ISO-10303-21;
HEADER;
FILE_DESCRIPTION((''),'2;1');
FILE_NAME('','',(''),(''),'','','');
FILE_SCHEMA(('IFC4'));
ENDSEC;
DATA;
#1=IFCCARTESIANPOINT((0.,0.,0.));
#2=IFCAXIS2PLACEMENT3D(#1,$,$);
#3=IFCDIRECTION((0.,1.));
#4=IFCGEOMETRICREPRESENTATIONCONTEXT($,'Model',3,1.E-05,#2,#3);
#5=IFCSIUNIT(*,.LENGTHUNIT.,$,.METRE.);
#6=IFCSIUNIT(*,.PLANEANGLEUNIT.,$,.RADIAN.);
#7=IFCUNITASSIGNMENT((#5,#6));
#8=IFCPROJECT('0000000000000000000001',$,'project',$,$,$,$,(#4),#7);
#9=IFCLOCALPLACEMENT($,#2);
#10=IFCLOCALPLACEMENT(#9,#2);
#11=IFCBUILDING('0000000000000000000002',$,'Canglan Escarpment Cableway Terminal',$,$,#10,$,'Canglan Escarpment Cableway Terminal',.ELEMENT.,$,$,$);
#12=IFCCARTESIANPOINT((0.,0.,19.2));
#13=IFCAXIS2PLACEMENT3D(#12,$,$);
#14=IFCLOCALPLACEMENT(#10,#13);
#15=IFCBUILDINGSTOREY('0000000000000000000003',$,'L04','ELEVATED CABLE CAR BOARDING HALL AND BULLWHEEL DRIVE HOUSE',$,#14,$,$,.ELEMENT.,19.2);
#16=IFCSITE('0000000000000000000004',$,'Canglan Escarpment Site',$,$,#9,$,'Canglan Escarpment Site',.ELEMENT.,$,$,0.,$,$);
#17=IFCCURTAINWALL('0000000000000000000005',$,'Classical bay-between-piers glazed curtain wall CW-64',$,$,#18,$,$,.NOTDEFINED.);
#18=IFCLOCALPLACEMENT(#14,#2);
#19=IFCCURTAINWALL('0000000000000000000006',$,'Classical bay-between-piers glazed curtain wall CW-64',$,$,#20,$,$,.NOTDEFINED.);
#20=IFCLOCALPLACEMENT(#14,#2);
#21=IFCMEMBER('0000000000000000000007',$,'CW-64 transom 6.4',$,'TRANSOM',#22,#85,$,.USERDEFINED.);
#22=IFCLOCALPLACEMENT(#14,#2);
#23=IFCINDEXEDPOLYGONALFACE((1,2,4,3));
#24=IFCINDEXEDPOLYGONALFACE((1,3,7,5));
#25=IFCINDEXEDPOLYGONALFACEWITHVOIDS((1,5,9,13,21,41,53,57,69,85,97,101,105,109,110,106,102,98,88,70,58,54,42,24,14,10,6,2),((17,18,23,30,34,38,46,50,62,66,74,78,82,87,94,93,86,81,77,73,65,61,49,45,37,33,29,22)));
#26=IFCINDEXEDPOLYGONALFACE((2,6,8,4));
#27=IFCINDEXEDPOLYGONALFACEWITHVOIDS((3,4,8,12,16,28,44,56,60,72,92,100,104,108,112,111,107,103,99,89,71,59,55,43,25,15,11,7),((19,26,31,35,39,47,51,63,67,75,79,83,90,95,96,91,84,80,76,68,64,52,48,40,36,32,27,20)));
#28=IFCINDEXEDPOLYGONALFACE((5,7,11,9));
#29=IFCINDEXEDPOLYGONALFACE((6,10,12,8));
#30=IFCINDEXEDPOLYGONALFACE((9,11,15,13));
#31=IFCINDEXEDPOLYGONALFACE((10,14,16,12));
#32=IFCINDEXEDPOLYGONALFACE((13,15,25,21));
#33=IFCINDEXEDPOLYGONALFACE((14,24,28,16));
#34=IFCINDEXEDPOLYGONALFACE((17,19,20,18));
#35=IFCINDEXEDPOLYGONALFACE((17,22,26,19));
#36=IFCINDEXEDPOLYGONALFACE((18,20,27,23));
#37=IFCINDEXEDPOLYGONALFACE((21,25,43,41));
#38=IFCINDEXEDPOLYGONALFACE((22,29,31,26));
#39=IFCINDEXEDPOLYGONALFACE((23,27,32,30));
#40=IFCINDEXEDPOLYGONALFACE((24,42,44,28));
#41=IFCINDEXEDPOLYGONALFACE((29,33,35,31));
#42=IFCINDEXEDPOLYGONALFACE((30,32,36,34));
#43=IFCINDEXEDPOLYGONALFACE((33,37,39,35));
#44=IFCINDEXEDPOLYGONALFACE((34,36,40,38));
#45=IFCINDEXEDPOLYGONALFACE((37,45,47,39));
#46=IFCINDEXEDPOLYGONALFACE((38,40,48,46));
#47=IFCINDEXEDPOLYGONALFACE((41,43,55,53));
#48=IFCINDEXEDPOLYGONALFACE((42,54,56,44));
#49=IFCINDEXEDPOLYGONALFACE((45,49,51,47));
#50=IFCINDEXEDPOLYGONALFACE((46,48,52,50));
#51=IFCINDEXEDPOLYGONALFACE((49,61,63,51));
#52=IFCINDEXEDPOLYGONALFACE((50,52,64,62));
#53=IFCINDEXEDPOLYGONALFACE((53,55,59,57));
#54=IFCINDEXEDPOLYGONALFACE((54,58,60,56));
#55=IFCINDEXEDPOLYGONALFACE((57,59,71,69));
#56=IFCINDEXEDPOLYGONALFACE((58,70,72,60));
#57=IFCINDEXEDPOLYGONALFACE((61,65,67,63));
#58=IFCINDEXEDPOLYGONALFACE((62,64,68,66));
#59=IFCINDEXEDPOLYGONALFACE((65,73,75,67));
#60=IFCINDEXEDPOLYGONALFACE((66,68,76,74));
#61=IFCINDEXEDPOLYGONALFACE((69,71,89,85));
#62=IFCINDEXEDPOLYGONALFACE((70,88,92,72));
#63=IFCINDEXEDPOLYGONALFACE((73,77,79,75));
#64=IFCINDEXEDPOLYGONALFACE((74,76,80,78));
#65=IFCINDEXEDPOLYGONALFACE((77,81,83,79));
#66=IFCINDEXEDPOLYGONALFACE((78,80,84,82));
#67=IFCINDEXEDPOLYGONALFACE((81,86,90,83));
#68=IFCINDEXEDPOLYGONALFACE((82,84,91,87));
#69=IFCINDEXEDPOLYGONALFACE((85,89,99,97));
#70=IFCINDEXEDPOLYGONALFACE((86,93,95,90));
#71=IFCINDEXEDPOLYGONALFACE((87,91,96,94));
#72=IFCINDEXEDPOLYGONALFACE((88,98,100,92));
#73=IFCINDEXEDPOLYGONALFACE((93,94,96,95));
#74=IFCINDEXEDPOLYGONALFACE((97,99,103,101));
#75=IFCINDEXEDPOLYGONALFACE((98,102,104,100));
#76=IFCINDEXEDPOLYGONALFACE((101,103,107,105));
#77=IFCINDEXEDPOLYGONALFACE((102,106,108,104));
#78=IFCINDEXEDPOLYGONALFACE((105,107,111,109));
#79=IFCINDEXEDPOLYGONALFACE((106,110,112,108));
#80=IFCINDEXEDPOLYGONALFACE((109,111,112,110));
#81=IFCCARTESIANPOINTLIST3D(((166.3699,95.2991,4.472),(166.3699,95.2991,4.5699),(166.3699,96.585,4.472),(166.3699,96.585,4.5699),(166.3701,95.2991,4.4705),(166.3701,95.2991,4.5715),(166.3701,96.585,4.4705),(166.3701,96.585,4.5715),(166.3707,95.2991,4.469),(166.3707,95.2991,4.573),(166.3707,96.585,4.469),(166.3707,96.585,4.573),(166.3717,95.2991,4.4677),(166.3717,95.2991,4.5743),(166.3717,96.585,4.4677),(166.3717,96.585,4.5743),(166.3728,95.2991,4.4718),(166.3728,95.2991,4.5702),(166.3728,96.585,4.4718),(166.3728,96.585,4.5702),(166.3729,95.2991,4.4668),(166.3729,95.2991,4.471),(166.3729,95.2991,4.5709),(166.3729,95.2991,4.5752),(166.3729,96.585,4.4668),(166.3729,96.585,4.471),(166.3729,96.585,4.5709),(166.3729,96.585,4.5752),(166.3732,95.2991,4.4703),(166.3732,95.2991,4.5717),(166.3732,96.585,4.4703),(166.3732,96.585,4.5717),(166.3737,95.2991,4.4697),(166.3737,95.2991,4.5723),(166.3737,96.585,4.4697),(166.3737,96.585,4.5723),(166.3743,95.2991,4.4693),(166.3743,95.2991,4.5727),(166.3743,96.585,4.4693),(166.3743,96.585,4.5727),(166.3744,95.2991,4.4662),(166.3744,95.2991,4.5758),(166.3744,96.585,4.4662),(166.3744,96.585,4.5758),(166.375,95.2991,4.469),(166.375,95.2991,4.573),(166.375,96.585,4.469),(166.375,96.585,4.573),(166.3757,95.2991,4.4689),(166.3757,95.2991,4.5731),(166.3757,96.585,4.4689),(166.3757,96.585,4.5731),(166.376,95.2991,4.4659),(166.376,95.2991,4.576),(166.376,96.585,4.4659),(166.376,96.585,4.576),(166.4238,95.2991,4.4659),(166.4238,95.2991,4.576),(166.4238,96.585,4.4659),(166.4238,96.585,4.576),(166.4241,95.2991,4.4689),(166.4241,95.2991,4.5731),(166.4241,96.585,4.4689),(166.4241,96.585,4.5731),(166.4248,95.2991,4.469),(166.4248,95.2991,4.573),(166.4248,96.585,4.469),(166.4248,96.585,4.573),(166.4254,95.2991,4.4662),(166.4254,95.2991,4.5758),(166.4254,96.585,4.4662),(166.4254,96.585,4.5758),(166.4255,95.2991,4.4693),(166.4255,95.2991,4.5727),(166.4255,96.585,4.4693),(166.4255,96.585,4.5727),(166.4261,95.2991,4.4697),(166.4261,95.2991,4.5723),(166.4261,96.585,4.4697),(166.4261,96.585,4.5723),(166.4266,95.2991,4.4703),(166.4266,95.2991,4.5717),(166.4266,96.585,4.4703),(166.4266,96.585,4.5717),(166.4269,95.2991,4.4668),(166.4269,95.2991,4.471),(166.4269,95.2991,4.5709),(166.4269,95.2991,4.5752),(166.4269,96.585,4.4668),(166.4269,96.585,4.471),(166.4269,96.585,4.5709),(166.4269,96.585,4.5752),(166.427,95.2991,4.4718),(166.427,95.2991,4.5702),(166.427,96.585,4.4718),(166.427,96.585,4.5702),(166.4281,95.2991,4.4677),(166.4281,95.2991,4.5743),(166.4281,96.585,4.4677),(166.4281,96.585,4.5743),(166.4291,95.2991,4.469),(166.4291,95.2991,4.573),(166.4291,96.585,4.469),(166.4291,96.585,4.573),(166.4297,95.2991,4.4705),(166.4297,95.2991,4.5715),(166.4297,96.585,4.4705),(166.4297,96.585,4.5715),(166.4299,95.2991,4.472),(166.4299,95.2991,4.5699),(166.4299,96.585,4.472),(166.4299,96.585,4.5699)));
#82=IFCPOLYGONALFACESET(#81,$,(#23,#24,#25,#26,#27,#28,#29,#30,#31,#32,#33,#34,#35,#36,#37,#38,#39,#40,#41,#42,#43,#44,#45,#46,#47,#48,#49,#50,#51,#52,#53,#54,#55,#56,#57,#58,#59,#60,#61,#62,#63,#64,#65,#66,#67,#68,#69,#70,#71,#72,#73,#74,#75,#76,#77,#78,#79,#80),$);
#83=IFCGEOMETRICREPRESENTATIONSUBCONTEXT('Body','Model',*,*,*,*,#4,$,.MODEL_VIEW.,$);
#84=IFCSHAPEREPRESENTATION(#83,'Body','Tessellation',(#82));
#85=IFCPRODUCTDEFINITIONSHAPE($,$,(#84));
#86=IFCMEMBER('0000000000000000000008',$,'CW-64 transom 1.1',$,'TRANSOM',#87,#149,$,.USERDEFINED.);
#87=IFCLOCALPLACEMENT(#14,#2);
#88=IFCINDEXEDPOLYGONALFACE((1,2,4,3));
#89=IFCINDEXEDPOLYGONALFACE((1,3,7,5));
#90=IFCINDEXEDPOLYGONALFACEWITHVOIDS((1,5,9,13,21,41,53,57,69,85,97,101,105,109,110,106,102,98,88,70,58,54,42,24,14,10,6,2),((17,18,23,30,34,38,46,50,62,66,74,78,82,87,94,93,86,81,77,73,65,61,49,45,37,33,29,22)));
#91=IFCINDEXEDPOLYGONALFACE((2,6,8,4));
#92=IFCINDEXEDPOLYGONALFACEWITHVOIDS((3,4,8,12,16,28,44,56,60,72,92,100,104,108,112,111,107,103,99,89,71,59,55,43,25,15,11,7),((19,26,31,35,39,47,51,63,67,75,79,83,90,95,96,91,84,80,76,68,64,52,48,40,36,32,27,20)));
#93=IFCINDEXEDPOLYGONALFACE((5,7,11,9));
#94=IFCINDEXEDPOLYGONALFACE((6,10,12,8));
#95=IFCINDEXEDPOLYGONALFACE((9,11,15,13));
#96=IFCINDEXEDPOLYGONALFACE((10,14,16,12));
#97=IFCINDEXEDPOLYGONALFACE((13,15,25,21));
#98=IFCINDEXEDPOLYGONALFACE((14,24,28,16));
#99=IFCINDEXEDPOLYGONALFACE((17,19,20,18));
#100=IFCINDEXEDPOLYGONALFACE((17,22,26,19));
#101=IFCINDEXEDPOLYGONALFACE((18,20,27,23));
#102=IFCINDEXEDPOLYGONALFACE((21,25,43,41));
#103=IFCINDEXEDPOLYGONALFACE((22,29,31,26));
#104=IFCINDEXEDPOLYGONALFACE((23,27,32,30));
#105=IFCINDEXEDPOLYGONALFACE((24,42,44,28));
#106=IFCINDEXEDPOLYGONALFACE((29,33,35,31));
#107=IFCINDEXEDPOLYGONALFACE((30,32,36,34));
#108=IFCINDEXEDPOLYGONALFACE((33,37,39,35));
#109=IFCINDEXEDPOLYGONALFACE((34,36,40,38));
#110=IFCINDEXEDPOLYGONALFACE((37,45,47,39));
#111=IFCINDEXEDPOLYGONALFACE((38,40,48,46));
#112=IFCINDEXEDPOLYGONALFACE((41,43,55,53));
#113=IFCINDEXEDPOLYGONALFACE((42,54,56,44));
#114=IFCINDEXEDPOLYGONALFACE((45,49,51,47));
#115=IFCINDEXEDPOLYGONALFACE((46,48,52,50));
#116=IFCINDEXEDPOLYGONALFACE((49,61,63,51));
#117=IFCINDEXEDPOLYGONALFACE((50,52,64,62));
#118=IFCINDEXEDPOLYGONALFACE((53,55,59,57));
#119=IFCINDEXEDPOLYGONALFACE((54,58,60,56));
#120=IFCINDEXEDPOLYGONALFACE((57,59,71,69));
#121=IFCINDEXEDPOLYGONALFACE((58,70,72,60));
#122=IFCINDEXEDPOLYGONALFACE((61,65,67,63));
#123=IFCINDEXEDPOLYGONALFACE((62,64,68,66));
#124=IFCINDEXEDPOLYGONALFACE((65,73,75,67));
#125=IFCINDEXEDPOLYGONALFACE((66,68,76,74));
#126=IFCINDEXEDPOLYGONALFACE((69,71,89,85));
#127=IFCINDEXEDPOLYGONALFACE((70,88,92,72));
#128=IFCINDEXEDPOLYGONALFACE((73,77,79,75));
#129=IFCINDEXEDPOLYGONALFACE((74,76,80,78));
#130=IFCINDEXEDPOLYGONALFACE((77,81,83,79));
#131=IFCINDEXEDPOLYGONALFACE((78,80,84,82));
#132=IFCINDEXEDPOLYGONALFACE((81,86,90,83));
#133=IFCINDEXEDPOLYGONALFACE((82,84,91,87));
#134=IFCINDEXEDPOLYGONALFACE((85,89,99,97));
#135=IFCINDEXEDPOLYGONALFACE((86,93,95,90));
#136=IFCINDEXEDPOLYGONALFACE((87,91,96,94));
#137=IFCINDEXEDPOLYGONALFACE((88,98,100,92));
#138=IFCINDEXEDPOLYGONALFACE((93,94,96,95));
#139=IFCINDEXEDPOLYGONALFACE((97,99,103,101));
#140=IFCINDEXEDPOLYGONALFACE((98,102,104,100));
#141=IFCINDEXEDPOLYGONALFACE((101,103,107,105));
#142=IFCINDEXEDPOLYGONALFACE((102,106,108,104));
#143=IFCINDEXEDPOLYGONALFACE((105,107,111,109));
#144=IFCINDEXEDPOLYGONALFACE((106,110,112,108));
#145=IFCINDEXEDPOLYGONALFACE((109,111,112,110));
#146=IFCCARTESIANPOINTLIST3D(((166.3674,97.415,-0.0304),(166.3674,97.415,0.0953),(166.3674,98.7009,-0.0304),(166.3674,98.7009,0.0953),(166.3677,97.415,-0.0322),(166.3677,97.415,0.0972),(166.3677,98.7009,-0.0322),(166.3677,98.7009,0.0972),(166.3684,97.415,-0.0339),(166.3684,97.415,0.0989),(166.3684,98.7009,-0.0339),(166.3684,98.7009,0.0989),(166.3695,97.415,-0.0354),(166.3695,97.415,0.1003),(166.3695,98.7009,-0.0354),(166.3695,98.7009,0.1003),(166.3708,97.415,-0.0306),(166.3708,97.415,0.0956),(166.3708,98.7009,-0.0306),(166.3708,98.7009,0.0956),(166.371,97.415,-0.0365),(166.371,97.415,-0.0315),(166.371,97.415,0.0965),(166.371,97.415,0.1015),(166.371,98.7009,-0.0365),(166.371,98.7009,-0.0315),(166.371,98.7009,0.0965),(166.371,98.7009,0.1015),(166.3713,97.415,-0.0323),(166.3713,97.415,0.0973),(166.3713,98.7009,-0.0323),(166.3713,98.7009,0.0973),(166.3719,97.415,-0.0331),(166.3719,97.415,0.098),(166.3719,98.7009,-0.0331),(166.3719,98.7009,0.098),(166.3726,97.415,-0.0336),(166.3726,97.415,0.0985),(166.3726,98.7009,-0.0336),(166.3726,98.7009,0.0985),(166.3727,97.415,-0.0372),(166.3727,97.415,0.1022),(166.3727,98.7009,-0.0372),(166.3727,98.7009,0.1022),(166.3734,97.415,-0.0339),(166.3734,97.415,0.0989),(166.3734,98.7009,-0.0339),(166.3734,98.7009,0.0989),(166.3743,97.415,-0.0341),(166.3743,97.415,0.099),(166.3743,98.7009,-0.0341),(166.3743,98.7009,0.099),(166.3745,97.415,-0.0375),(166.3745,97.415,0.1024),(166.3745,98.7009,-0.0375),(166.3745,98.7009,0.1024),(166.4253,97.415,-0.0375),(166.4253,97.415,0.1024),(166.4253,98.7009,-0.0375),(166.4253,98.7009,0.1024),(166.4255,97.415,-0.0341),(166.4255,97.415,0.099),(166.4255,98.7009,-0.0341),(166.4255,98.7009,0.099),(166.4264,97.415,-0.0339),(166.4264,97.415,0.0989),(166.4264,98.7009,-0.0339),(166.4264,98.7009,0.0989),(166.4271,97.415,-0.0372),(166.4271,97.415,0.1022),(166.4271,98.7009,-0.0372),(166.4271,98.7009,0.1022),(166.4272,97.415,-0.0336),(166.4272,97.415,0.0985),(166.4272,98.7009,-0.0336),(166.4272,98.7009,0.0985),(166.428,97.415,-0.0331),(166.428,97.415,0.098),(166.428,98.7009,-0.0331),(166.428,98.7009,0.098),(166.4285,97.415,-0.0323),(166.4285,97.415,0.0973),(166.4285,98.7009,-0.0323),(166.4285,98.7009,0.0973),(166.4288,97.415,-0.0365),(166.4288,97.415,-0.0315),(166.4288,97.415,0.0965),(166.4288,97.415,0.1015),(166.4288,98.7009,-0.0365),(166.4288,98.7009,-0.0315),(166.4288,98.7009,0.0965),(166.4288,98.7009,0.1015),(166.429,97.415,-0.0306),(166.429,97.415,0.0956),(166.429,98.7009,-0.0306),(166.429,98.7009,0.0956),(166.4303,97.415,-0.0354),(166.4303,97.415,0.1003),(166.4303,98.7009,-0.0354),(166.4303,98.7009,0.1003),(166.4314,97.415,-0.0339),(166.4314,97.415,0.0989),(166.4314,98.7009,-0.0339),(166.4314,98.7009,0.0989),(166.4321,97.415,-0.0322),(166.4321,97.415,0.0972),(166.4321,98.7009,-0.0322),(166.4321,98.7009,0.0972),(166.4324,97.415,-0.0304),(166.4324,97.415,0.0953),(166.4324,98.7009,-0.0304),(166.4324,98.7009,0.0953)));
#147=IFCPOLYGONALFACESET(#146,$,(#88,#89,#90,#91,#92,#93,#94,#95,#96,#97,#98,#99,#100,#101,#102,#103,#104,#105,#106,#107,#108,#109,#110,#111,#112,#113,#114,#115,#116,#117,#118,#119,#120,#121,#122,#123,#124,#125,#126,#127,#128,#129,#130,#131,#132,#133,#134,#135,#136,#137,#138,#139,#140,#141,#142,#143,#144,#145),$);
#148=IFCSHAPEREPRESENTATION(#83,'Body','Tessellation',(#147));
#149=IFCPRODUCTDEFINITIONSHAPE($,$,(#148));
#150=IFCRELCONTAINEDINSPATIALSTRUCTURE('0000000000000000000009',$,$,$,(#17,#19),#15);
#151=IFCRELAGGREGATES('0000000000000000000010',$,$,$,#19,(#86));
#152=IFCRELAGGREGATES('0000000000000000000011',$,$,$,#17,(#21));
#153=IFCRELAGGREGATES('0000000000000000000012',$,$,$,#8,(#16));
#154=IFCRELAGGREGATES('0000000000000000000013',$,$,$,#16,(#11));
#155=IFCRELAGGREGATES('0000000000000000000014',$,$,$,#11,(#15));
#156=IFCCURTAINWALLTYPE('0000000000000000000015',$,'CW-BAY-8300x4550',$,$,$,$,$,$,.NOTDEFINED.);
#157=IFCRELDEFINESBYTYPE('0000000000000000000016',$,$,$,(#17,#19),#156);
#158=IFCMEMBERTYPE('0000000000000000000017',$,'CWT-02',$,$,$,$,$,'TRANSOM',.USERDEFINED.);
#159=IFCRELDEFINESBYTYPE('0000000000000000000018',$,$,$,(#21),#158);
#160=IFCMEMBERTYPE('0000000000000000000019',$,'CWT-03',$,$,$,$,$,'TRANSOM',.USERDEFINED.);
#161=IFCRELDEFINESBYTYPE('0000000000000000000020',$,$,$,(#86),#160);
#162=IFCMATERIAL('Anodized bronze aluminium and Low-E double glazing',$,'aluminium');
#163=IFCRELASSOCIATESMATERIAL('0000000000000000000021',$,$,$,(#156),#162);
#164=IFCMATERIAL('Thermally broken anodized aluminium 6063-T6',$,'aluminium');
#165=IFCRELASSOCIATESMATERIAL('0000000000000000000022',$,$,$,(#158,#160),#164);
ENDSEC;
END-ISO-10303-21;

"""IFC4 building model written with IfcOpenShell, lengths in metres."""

from ifc_helpers import new_model, si_unit, direction, frame, origin, origin_2d, place, context, subcontext, project, spatial, hollow_rectangle, extrude, material, material_profile, profile_set, type_object, element, aggregate, save


model = new_model("IFC4")

# Units and contexts
model_context = context("Model", 3, precision=1e-05, world=origin(), true_north=direction((0.0, 1.0)))
body_context = subcontext(model_context, "Body", "Model", "MODEL_VIEW")
ifc_project = project(units=[si_unit("LENGTHUNIT", "METRE"), si_unit("PLANEANGLEUNIT", "RADIAN")], contexts=[model_context])

# Site, building, storey
site_placement = place(None, origin())
site = spatial("IfcSite", under=ifc_project, at=site_placement, Name="Canglan Escarpment Site", LongName="Canglan Escarpment Site", CompositionType="ELEMENT", RefElevation=0.0)
building_placement = place(site_placement, origin())
building = spatial("IfcBuilding", under=site, at=building_placement, Name="Canglan Escarpment Cableway Terminal", LongName="Canglan Escarpment Cableway Terminal", CompositionType="ELEMENT")
storey_placement = place(building_placement, frame((0.0, 0.0, 19.2)))
storey = spatial("IfcBuildingStorey", under=building, at=storey_placement, Name="L04", Description="ELEVATED CABLE CAR BOARDING HALL AND BULLWHEEL DRIVE HOUSE", CompositionType="ELEMENT", Elevation=19.2)

# Curtain wall
ifc_material_1 = material(Name="Anodized bronze aluminium and Low-E double glazing", Category="aluminium")
curtain_wall_type = type_object("IfcCurtainWallType", Name="CW-BAY-8300x4550", PredefinedType="NOTDEFINED", material=ifc_material_1)
curtain_wall_1_placement = place(storey_placement, origin())
curtain_wall_1 = element("IfcCurtainWall", 1, at=curtain_wall_1_placement, inside=storey, type_object=curtain_wall_type, Name="Classical bay-between-piers glazed curtain wall CW-64", PredefinedType="NOTDEFINED")
ifc_material_2 = material(Name="Thermally broken anodized aluminium 6063-T6", Category="aluminium")

# Curtain wall
curtain_wall_2_placement = place(storey_placement, origin())
curtain_wall_2 = element("IfcCurtainWall", 2, at=curtain_wall_2_placement, inside=storey, type_object=curtain_wall_type, Name="Classical bay-between-piers glazed curtain wall CW-64", PredefinedType="NOTDEFINED")

# Members
ifc_material_profile_1 = material_profile(ifc_material_2, hollow_rectangle(XDim=0.0601, YDim=0.1101, WallThickness=0.0029, InnerFilletRadius=0.0029, OuterFilletRadius=0.0061, at=origin_2d()), Name="ALU-TRAN 60x110x3")
ifc_profile_set_1 = profile_set([ifc_material_profile_1], Name="Thermally broken anodized aluminium 6063-T6")
member_type_1 = type_object("IfcMemberType", Name="CWT-02", ElementType="TRANSOM", PredefinedType="USERDEFINED", material=ifc_profile_set_1)
member_1_placement = place(storey_placement, frame((166.3999, 95.2991, 4.521), z_axis=(0.0, 1.0, 0.0), x_axis=(-1.0, 0.0, 0.0)))
member_1 = element("IfcMember", 3, at=member_1_placement, type_object=member_type_1, Name="CW-64 transom 6.4", ObjectType="TRANSOM", PredefinedType="USERDEFINED", context=body_context, shape_type="SweptSolid", body=[
    extrude(hollow_rectangle(XDim=0.0601, YDim=0.1101, WallThickness=0.0029, InnerFilletRadius=0.0029, OuterFilletRadius=0.0061, at=origin_2d()), origin(), (0.0, 0.0, 1.0), 1.2859),
])
ifc_material_profile_2 = material_profile(ifc_material_2, hollow_rectangle(XDim=0.0649, YDim=0.1399, WallThickness=0.0034, InnerFilletRadius=0.0034, OuterFilletRadius=0.0071, at=origin_2d()), Name="ALU-TRAN 65x140x3.5")
ifc_profile_set_2 = profile_set([ifc_material_profile_2], Name="Thermally broken anodized aluminium 6063-T6")
member_type_2 = type_object("IfcMemberType", Name="CWT-03", ElementType="TRANSOM", PredefinedType="USERDEFINED", material=ifc_profile_set_2)
member_2_placement = place(storey_placement, frame((166.3999, 97.415, 0.0325), z_axis=(0.0, 1.0, 0.0), x_axis=(-1.0, 0.0, 0.0)))
member_2 = element("IfcMember", 4, at=member_2_placement, type_object=member_type_2, Name="CW-64 transom 1.1", ObjectType="TRANSOM", PredefinedType="USERDEFINED", context=body_context, shape_type="SweptSolid", body=[
    extrude(hollow_rectangle(XDim=0.0649, YDim=0.1399, WallThickness=0.0034, InnerFilletRadius=0.0034, OuterFilletRadius=0.0071, at=origin_2d()), origin(), (0.0, 0.0, 1.0), 1.2859),
])

aggregate(curtain_wall_2, [member_2])
aggregate(curtain_wall_1, [member_1])

save(model, "model.ifc")
